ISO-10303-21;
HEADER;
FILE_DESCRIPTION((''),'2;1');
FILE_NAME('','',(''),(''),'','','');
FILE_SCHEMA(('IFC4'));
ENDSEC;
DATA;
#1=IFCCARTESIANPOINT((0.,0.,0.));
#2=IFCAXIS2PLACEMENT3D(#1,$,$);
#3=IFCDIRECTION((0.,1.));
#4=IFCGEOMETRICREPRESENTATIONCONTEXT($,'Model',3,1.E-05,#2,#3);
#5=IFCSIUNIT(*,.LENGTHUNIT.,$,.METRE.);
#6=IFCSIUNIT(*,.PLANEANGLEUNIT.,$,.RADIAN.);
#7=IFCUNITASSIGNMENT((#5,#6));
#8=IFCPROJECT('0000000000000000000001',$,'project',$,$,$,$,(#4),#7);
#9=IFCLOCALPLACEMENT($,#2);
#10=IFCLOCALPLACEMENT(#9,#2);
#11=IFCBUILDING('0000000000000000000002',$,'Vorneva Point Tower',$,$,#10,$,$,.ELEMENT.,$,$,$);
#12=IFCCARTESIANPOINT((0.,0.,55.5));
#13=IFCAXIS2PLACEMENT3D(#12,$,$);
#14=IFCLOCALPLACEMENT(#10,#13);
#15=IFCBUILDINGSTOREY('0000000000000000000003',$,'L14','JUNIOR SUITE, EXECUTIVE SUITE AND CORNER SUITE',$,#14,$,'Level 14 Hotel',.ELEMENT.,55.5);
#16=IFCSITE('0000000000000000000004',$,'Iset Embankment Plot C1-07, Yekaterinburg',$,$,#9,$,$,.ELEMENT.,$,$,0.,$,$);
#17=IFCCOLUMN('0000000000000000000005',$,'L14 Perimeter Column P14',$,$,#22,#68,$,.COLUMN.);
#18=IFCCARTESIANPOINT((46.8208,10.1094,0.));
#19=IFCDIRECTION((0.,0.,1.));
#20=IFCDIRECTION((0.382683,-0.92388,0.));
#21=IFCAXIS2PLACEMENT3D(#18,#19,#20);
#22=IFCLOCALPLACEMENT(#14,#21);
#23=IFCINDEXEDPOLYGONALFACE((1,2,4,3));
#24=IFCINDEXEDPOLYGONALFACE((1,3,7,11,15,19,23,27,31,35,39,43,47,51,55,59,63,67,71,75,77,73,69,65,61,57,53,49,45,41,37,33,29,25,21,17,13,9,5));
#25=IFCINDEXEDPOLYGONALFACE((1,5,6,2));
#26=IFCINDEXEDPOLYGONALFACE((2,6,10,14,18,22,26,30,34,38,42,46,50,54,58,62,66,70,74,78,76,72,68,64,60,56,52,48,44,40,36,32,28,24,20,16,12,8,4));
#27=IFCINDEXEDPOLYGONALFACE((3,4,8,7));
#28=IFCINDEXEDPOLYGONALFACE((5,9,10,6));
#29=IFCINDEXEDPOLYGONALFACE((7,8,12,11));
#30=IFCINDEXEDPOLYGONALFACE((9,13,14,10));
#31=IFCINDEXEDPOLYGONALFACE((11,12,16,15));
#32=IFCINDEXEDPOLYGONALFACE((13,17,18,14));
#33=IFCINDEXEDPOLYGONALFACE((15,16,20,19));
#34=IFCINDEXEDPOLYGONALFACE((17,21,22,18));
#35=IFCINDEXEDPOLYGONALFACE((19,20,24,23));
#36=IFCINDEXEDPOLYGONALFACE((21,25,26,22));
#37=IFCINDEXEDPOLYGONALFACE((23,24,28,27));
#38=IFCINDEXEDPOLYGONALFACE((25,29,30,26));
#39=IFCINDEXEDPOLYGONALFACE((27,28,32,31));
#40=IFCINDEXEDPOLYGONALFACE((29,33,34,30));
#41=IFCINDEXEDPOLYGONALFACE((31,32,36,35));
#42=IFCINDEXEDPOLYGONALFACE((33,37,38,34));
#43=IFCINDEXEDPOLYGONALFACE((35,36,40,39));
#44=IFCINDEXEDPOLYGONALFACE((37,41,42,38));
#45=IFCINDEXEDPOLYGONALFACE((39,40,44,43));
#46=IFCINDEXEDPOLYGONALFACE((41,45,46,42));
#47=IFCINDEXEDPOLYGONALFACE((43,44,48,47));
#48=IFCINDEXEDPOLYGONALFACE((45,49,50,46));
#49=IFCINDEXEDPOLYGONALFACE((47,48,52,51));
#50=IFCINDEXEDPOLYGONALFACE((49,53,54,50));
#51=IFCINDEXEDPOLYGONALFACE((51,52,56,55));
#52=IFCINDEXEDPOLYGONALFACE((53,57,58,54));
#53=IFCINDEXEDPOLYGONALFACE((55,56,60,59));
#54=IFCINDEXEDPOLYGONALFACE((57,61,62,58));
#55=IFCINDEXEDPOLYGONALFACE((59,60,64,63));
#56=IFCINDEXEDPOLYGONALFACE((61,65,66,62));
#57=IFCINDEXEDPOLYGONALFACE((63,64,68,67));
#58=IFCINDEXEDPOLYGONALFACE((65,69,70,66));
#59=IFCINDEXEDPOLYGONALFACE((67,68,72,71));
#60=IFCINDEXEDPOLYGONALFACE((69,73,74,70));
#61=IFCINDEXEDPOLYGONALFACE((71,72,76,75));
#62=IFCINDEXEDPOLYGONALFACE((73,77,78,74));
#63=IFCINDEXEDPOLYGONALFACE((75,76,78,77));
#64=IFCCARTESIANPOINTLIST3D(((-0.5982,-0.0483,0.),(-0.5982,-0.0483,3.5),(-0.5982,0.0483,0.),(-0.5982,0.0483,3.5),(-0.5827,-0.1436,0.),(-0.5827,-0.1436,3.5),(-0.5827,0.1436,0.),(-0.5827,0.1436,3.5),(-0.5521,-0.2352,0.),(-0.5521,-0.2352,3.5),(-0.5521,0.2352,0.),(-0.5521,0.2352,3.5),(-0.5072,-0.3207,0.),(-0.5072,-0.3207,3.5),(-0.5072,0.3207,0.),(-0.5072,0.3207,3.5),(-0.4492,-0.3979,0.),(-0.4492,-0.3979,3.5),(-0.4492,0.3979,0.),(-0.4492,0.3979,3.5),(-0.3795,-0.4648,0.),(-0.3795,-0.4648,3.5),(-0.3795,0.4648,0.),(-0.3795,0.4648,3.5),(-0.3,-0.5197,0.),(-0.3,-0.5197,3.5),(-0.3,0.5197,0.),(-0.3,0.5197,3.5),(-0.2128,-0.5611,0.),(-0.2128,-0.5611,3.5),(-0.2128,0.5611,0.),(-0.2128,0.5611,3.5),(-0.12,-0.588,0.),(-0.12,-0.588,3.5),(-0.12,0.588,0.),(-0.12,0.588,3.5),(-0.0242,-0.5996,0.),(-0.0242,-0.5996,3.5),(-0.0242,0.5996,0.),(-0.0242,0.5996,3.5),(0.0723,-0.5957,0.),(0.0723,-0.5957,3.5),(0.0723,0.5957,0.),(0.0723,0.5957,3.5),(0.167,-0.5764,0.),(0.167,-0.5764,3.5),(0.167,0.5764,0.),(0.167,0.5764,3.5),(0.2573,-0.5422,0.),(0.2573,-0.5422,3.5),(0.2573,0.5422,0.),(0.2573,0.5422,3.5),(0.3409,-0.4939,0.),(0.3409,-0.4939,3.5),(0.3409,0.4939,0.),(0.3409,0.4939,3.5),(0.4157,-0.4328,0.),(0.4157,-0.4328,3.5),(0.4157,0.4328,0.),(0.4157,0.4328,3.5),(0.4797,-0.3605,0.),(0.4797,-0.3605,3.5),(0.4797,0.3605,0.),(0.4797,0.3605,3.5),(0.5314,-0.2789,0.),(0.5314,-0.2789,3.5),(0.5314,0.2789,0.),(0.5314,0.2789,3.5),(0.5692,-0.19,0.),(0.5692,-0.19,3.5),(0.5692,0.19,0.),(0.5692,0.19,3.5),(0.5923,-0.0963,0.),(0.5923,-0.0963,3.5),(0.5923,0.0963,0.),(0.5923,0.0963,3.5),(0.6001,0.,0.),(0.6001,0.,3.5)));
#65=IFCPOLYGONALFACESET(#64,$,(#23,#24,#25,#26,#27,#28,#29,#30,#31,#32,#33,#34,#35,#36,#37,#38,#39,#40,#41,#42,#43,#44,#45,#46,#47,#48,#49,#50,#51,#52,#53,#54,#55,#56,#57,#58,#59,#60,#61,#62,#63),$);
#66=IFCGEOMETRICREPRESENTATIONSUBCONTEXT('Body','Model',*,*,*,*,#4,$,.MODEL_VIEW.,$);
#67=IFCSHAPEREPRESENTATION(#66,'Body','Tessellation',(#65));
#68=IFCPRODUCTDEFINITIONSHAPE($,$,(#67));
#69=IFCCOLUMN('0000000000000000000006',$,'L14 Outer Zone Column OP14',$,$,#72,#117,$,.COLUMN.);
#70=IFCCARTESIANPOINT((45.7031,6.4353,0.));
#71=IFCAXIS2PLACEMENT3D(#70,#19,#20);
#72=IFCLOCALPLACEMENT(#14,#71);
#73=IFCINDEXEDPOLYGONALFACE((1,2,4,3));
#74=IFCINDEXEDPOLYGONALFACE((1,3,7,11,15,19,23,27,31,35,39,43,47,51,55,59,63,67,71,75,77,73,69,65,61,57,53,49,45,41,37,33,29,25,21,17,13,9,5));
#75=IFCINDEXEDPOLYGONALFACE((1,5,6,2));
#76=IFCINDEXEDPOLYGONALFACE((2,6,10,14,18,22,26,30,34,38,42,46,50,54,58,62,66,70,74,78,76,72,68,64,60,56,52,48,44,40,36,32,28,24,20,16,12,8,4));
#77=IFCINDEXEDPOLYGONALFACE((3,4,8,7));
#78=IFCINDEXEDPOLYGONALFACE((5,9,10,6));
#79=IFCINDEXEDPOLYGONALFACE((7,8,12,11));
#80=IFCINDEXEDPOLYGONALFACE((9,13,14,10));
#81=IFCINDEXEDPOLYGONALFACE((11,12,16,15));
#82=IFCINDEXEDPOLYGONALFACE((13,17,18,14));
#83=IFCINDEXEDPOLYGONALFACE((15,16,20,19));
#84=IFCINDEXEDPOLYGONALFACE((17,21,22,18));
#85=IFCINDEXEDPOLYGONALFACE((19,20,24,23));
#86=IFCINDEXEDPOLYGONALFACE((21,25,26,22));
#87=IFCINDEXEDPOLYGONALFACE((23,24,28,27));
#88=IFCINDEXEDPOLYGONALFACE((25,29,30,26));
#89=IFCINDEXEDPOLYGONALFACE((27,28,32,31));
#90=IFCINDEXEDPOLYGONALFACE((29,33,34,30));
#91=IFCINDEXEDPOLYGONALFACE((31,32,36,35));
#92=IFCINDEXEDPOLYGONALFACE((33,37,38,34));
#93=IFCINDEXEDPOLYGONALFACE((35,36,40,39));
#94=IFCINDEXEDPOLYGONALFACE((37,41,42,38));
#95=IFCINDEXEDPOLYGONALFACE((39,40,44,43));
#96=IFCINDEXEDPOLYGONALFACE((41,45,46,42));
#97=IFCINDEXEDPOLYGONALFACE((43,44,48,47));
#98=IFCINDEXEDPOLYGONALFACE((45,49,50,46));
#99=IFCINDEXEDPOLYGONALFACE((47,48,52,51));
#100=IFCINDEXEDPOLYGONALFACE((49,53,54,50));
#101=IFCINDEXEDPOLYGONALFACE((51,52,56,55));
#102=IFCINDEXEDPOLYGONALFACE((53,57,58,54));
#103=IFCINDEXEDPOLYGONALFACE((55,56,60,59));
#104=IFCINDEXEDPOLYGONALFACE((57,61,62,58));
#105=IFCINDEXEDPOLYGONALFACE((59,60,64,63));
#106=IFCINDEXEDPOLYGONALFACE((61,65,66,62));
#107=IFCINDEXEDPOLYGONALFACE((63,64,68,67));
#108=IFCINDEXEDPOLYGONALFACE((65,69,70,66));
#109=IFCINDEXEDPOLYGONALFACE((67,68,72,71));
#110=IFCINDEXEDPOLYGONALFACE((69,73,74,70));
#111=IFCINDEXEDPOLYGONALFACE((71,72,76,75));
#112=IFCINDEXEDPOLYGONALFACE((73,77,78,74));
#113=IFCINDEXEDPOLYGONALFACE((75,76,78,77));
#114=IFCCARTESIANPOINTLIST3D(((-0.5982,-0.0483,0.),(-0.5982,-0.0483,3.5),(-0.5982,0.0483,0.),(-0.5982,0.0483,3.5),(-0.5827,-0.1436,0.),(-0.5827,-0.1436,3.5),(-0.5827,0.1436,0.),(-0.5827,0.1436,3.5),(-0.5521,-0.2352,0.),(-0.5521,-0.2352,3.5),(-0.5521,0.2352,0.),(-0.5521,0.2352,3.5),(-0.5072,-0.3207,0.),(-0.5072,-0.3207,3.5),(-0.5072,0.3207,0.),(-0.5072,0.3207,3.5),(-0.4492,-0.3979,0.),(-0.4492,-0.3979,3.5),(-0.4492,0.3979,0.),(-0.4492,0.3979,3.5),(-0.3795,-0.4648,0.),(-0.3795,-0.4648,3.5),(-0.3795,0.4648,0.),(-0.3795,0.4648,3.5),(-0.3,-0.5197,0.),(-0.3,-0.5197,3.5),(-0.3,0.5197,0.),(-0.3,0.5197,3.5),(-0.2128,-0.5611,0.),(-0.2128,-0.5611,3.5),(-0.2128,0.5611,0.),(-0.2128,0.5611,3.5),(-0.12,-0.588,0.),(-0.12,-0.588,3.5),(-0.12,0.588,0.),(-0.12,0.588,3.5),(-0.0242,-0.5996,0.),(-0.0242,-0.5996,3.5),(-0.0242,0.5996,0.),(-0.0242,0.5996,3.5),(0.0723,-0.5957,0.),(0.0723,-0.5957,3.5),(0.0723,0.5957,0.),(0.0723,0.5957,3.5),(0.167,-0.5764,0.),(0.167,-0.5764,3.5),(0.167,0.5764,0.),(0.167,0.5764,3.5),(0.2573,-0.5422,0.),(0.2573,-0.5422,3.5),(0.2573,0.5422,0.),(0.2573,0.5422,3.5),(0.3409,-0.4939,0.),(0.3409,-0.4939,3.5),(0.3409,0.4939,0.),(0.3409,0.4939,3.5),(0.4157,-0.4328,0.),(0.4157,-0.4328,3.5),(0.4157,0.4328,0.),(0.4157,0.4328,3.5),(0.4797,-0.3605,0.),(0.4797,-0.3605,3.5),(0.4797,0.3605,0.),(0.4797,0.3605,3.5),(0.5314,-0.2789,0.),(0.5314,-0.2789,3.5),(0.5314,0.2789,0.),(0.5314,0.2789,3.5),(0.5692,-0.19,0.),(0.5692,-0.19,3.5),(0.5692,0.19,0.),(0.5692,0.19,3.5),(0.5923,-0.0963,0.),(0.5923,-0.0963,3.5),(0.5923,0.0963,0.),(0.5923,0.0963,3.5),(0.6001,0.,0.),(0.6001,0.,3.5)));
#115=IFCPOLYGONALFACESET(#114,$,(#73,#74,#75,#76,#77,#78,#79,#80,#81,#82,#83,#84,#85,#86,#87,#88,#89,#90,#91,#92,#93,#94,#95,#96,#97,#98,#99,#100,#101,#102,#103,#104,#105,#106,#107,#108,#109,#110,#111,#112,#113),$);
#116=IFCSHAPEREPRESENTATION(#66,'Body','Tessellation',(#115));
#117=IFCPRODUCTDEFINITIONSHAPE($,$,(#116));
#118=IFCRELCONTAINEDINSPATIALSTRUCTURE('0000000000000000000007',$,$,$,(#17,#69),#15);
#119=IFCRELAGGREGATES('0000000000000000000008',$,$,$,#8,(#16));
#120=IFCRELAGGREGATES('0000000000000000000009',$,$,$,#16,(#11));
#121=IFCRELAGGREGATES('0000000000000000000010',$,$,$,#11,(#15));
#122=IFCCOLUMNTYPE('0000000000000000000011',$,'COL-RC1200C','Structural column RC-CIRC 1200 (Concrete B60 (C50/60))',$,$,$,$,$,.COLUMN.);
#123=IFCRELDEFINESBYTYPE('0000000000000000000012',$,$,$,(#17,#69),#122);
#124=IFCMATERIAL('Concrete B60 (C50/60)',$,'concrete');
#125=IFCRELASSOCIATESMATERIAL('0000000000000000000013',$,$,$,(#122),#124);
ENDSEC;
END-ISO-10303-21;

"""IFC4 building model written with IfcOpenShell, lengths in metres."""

from ifc_helpers import new_model, si_unit, direction, frame, origin, origin_2d, place, context, subcontext, project, spatial, circle, extrude, material, material_profile, profile_set, type_object, element, save


model = new_model("IFC4")

# Units and contexts
model_context = context("Model", 3, precision=1e-05, world=origin(), true_north=direction((0.0, 1.0)))
body_context = subcontext(model_context, "Body", "Model", "MODEL_VIEW")
ifc_project = project(units=[si_unit("LENGTHUNIT", "METRE"), si_unit("PLANEANGLEUNIT", "RADIAN")], contexts=[model_context])

# Site, building, storey
site_placement = place(None, origin())
site = spatial("IfcSite", under=ifc_project, at=site_placement, Name="Iset Embankment Plot C1-07, Yekaterinburg", CompositionType="ELEMENT", RefElevation=0.0)
building_placement = place(site_placement, origin())
building = spatial("IfcBuilding", under=site, at=building_placement, Name="Vorneva Point Tower", CompositionType="ELEMENT")
storey_placement = place(building_placement, frame((0.0, 0.0, 55.5)))
storey = spatial("IfcBuildingStorey", under=building, at=storey_placement, Name="L14", Description="JUNIOR SUITE, EXECUTIVE SUITE AND CORNER SUITE", LongName="Level 14 Hotel", CompositionType="ELEMENT", Elevation=55.5)

# Columns
ifc_material_1 = material(Name="Concrete B60 (C50/60)", Category="concrete")
ifc_material_profile_1 = material_profile(ifc_material_1, circle(Radius=0.6001, at=origin_2d()), Name="RC-CIRC 1200")
ifc_profile_set_1 = profile_set([ifc_material_profile_1], Name="Concrete B60 (C50/60)")
column_type = type_object("IfcColumnType", Name="COL-RC1200C", Description="Structural column RC-CIRC 1200 (Concrete B60 (C50/60))", PredefinedType="COLUMN", material=ifc_profile_set_1)
for number, where, z_axis, x_axis, name in (
    (1, (46.8208, 10.1094, 0.0), (0.0, 0.0, 1.0), (0.382683, -0.92388, 0.0), "L14 Perimeter Column P14"),
    (2, (45.7031, 6.4353, 0.0), (0.0, 0.0, 1.0), (0.382683, -0.92388, 0.0), "L14 Outer Zone Column OP14"),
):
    element("IfcColumn", number, at=place(storey_placement, frame(where, z_axis=z_axis, x_axis=x_axis)), inside=storey, type_object=column_type, Name=name, PredefinedType="COLUMN", context=body_context, shape_type="SweptSolid", body=[
        extrude(circle(Radius=0.6001, at=origin_2d()), origin(), (0.0, 0.0, 1.0), 3.5),
    ])

save(model, "model.ifc")
